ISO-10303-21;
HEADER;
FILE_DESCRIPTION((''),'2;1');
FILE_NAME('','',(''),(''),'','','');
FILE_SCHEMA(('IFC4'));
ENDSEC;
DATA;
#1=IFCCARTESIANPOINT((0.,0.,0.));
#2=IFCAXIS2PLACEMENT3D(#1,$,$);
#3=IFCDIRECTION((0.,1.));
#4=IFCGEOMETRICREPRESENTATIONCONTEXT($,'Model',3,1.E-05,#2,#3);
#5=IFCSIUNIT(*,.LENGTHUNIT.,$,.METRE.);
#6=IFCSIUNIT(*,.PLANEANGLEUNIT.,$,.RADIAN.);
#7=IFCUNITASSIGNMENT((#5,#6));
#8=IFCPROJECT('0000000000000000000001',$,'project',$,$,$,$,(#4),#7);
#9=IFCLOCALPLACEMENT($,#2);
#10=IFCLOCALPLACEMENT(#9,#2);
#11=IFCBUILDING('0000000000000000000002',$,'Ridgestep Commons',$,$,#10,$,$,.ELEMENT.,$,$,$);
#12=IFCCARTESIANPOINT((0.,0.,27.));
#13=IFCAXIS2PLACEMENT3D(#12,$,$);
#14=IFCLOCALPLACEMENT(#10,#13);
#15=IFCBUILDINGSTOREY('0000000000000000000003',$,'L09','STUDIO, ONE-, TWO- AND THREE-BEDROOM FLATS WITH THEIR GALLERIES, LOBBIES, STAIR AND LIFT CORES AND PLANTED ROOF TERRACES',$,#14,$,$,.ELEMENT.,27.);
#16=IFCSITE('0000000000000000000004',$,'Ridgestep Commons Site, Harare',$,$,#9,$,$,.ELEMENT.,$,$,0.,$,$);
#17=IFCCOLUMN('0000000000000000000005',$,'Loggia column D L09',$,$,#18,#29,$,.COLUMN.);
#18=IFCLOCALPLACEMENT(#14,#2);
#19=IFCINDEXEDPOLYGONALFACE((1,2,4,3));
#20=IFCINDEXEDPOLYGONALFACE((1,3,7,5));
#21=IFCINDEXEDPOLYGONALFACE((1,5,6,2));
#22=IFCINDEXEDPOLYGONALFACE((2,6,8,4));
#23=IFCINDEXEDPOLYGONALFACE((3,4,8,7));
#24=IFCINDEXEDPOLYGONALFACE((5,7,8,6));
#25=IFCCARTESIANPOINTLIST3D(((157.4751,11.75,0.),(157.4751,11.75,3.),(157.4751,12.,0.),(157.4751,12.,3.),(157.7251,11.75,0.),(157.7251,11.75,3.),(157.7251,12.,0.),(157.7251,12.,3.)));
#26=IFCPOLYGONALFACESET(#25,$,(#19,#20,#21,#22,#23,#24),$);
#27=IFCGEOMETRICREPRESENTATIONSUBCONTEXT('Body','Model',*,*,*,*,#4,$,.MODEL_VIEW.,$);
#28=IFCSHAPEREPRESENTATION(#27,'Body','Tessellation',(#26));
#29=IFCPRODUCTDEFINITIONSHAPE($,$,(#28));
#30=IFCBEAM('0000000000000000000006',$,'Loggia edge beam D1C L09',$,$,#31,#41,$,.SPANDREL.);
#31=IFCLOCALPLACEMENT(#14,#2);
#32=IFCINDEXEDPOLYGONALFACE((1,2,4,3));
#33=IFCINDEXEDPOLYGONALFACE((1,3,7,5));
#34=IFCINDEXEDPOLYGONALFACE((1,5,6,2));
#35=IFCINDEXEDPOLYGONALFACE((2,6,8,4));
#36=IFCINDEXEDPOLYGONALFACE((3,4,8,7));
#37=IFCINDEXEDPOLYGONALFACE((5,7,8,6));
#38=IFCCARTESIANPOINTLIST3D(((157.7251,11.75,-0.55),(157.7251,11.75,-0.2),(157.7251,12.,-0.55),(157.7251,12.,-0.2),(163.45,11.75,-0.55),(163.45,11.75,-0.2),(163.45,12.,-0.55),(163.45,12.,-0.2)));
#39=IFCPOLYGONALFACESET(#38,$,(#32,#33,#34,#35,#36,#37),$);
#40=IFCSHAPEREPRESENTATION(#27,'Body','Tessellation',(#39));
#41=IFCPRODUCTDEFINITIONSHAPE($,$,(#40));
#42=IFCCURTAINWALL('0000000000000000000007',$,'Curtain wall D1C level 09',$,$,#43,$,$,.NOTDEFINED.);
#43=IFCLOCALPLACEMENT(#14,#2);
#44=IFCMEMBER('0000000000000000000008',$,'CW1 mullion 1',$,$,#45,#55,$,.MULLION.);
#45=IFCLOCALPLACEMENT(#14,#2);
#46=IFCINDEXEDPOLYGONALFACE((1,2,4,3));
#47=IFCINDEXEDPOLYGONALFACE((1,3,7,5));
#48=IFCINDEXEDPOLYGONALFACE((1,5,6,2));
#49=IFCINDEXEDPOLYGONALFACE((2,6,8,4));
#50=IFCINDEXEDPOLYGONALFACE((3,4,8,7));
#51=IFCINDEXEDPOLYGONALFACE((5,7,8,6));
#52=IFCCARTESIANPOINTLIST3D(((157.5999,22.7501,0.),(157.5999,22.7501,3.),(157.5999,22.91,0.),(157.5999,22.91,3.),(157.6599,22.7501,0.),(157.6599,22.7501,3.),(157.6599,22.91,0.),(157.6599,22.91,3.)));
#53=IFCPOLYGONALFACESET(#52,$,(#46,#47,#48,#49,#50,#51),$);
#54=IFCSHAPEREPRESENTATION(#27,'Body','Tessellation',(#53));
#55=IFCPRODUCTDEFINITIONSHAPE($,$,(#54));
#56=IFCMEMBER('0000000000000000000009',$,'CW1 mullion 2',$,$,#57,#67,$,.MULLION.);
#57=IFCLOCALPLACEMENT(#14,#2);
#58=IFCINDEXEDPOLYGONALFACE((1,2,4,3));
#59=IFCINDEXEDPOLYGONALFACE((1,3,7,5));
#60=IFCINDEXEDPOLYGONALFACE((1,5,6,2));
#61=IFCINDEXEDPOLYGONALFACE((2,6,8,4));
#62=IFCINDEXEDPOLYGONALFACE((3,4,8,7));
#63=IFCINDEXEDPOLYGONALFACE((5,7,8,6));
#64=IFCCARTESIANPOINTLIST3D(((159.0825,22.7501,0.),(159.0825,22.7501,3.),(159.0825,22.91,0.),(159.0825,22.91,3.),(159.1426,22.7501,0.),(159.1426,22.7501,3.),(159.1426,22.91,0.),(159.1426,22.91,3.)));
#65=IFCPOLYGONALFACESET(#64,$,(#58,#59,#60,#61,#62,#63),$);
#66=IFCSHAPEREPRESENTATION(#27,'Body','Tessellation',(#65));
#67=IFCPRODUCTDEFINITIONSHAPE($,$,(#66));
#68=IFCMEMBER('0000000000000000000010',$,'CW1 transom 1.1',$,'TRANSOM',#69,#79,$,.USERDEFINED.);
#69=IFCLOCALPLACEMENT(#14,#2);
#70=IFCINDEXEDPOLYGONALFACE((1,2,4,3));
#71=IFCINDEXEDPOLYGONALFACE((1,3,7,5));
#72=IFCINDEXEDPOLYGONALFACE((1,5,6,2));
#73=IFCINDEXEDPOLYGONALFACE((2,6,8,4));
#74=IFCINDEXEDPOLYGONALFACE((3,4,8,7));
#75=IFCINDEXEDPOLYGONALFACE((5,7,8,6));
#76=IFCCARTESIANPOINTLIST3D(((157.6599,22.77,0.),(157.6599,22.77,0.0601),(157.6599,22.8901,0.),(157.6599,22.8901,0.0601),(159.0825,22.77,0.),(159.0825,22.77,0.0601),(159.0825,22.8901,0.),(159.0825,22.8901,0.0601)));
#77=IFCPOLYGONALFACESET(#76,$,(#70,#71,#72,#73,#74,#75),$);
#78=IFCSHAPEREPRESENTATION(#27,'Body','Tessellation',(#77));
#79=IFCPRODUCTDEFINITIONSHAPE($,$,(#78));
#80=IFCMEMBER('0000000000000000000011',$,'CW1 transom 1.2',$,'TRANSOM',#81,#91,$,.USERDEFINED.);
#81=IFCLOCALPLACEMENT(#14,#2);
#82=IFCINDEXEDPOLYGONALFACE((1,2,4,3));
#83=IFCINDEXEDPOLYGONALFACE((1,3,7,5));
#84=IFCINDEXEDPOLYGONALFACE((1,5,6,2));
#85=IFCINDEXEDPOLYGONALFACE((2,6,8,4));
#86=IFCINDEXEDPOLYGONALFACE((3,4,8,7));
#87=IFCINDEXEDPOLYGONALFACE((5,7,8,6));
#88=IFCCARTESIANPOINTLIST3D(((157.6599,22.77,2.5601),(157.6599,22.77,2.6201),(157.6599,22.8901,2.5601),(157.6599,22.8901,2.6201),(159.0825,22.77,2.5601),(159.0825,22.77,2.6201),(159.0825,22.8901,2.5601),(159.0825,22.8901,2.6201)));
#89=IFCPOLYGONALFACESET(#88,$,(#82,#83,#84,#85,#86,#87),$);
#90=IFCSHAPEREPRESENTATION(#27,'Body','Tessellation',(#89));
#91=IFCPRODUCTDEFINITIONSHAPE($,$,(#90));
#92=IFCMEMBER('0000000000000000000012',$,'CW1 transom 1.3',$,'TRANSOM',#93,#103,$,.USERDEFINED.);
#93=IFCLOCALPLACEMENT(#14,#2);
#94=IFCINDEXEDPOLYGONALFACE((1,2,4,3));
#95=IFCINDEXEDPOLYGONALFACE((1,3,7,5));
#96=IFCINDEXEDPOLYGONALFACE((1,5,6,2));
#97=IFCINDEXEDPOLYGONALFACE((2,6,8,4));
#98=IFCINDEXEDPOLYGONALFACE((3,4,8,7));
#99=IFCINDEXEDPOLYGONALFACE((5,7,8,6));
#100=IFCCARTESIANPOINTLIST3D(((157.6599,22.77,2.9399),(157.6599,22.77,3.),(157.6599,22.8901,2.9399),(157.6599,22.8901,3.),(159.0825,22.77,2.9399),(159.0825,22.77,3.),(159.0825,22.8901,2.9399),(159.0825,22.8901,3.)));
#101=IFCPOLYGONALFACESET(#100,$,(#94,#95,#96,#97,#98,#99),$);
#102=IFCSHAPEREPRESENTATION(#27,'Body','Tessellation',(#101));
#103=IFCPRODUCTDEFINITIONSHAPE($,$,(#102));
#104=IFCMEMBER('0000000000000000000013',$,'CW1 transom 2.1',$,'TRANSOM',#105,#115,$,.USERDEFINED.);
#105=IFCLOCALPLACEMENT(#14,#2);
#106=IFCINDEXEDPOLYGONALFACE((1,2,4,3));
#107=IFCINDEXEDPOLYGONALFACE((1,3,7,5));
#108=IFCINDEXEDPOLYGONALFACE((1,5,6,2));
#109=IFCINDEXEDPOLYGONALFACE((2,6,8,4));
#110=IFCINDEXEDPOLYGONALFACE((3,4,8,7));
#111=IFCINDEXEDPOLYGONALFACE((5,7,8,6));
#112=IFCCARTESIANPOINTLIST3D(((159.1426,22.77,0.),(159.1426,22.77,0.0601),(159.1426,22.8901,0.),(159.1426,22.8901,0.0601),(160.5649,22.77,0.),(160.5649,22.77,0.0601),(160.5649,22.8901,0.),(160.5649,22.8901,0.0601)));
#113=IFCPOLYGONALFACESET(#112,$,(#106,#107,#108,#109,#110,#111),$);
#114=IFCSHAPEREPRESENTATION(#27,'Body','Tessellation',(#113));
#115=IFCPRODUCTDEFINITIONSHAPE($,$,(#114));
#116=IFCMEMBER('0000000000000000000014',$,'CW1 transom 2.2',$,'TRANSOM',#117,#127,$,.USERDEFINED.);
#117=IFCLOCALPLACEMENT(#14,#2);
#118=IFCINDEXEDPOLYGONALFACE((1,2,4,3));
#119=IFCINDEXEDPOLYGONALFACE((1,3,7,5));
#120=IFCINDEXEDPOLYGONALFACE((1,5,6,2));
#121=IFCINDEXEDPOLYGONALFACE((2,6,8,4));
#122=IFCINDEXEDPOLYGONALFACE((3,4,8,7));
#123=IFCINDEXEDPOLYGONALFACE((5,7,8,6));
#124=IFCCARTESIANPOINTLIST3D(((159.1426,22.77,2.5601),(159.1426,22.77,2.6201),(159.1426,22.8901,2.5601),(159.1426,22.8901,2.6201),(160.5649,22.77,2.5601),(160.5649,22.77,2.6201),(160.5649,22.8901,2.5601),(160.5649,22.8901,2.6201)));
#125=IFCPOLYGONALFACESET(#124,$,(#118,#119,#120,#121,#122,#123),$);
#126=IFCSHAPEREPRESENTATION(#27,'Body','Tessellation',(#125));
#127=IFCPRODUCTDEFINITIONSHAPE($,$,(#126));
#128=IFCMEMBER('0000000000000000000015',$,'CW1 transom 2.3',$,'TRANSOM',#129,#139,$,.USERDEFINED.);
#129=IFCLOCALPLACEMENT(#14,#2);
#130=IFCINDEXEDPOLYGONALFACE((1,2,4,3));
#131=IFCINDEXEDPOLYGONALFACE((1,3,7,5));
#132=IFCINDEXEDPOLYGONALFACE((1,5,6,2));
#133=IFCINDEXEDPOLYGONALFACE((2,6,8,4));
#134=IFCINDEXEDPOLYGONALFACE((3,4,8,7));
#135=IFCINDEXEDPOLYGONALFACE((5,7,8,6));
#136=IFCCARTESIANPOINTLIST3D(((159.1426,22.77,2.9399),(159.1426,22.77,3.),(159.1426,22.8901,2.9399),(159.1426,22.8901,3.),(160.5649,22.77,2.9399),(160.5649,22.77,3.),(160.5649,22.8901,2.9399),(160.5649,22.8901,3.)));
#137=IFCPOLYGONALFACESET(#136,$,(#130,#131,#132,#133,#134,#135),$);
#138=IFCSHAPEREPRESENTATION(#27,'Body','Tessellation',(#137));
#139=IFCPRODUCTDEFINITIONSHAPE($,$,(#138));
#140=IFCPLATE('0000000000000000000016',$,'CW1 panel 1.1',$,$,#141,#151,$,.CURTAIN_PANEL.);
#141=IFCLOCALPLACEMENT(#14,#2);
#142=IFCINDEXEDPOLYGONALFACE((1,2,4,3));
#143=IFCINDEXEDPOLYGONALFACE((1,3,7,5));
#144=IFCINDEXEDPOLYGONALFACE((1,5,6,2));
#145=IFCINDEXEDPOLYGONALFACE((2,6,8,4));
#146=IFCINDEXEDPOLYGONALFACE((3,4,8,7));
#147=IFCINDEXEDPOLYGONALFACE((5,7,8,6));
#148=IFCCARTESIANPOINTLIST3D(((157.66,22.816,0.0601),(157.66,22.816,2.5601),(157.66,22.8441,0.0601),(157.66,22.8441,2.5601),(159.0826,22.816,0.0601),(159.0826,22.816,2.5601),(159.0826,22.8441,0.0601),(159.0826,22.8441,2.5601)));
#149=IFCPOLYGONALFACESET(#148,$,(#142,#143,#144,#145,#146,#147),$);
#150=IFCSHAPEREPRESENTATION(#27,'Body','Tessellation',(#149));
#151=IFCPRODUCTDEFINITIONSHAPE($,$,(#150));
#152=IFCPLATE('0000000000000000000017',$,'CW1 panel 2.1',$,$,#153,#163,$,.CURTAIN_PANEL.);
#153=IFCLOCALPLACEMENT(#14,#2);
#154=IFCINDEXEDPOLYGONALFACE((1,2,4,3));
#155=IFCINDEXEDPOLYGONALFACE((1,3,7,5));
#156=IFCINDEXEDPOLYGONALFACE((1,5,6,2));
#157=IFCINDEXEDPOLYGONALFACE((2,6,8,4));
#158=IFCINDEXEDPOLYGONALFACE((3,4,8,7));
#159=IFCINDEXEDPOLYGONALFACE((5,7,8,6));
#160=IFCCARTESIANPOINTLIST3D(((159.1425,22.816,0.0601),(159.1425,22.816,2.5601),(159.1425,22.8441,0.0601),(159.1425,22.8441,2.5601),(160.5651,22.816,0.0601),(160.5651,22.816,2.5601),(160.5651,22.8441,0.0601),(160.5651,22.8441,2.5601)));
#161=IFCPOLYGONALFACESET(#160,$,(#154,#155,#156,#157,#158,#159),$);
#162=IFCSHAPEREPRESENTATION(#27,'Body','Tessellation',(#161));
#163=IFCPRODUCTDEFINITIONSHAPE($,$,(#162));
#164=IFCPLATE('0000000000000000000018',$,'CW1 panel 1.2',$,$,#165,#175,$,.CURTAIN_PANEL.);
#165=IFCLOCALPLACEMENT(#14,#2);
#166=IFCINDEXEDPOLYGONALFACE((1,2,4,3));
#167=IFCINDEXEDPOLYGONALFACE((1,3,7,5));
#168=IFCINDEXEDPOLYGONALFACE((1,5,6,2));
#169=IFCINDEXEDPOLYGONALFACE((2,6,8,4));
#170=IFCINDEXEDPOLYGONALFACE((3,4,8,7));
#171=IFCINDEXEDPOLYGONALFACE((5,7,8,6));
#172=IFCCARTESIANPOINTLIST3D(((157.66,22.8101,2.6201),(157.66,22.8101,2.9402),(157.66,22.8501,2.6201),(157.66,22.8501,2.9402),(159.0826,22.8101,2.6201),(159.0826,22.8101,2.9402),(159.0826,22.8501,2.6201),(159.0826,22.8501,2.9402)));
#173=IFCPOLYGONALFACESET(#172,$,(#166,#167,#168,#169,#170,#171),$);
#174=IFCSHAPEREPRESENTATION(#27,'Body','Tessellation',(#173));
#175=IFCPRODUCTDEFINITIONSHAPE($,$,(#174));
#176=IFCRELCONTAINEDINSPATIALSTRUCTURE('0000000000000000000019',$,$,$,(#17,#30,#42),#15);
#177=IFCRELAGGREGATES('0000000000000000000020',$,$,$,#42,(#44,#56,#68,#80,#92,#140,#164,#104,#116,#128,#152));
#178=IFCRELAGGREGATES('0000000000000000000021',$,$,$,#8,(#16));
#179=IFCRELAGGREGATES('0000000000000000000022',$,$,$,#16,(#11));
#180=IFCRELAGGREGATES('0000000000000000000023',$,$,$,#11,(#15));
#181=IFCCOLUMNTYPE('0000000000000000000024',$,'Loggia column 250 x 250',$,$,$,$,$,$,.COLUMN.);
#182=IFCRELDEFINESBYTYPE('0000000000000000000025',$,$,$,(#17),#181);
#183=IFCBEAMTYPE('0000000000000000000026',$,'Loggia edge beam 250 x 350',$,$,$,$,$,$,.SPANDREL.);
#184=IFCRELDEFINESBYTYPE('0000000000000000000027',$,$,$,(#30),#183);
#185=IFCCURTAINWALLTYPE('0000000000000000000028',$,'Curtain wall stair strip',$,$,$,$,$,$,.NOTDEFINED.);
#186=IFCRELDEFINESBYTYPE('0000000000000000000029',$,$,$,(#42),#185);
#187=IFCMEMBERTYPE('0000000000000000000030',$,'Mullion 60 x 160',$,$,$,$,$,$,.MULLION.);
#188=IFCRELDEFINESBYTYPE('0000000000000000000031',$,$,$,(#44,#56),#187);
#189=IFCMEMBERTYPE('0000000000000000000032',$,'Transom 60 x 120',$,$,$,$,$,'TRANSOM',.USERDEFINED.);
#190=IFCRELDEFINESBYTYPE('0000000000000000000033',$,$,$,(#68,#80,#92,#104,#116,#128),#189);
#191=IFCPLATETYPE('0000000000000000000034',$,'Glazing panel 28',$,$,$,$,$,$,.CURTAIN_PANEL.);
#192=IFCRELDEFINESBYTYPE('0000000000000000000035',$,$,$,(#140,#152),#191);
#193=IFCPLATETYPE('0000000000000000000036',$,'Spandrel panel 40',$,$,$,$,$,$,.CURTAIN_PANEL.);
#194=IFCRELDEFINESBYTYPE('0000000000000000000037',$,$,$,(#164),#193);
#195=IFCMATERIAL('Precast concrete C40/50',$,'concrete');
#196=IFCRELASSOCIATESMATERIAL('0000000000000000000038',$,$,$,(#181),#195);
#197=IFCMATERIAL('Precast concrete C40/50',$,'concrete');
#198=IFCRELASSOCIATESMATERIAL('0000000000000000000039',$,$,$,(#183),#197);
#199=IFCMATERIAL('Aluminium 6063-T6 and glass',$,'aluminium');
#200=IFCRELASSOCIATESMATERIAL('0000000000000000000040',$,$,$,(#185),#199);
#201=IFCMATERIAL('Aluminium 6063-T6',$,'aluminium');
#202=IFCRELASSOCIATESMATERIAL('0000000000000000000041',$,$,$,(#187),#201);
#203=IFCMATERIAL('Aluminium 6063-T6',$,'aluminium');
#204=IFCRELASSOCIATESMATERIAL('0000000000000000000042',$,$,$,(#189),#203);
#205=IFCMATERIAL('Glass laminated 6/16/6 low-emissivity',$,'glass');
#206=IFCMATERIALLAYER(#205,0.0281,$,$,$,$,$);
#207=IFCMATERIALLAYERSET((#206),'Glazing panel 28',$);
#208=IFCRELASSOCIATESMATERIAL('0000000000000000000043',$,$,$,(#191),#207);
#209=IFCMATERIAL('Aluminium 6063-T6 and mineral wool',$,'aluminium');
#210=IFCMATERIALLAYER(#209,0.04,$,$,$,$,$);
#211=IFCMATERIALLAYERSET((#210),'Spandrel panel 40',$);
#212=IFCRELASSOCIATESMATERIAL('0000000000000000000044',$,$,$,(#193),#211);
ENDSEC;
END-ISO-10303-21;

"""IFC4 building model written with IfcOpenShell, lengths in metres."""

from ifc_helpers import new_model, si_unit, direction, frame, origin, origin_2d, place, context, subcontext, project, spatial, rectangle, extrude, material, layer, layer_set, material_profile, profile_set, type_object, element, aggregate, save


model = new_model("IFC4")

# Units and contexts
model_context = context("Model", 3, precision=1e-05, world=origin(), true_north=direction((0.0, 1.0)))
body_context = subcontext(model_context, "Body", "Model", "MODEL_VIEW")
ifc_project = project(units=[si_unit("LENGTHUNIT", "METRE"), si_unit("PLANEANGLEUNIT", "RADIAN")], contexts=[model_context])

# Site, building, storey
site_placement = place(None, origin())
site = spatial("IfcSite", under=ifc_project, at=site_placement, Name="Ridgestep Commons Site, Harare", CompositionType="ELEMENT", RefElevation=0.0)
building_placement = place(site_placement, origin())
building = spatial("IfcBuilding", under=site, at=building_placement, Name="Ridgestep Commons", CompositionType="ELEMENT")
storey_placement = place(building_placement, frame((0.0, 0.0, 27.0)))
storey = spatial("IfcBuildingStorey", under=building, at=storey_placement, Name="L09", Description="STUDIO, ONE-, TWO- AND THREE-BEDROOM FLATS WITH THEIR GALLERIES, LOBBIES, STAIR AND LIFT CORES AND PLANTED ROOF TERRACES", CompositionType="ELEMENT", Elevation=27.0)

# Column
ifc_material_1 = material(Name="Precast concrete C40/50", Category="concrete")
ifc_material_profile_1 = material_profile(ifc_material_1, rectangle(XDim=0.25, YDim=0.25, at=origin_2d()), Name="PC 250x250")
ifc_profile_set_1 = profile_set([ifc_material_profile_1], Name="Precast concrete C40/50")
column_type = type_object("IfcColumnType", Name="Loggia column 250 x 250", PredefinedType="COLUMN", material=ifc_profile_set_1)
column_placement = place(storey_placement, frame((157.6001, 11.875, 0.0), z_axis=(0.0, 0.0, 1.0), x_axis=(1.0, 0.0, 0.0)))
element("IfcColumn", 1, at=column_placement, inside=storey, type_object=column_type, Name="Loggia column D L09", PredefinedType="COLUMN", context=body_context, shape_type="SweptSolid", body=[
    extrude(rectangle(XDim=0.25, YDim=0.25, at=origin_2d()), origin(), (0.0, 0.0, 1.0), 3.0),
])

# Beam
ifc_material_2 = material(Name="Precast concrete C40/50", Category="concrete")
ifc_material_profile_2 = material_profile(ifc_material_2, rectangle(XDim=0.25, YDim=0.3501, at=origin_2d()), Name="PC 250x350")
ifc_profile_set_2 = profile_set([ifc_material_profile_2], Name="Precast concrete C40/50")
beam_type = type_object("IfcBeamType", Name="Loggia edge beam 250 x 350", PredefinedType="SPANDREL", material=ifc_profile_set_2)
beam_placement = place(storey_placement, frame((157.7251, 11.875, -0.375), z_axis=(1.0, 0.0, 0.0), x_axis=(0.0, 1.0, 0.0)))
element("IfcBeam", 2, at=beam_placement, inside=storey, type_object=beam_type, Name="Loggia edge beam D1C L09", PredefinedType="SPANDREL", context=body_context, shape_type="SweptSolid", body=[
    extrude(rectangle(XDim=0.25, YDim=0.3501, at=origin_2d()), origin(), (0.0, 0.0, 1.0), 5.7249),
])

# Curtain wall, members, plates
ifc_material_3 = material(Name="Aluminium 6063-T6 and glass", Category="aluminium")
curtain_wall_type = type_object("IfcCurtainWallType", Name="Curtain wall stair strip", PredefinedType="NOTDEFINED", material=ifc_material_3)
curtain_wall_placement = place(storey_placement, origin())
curtain_wall = element("IfcCurtainWall", 3, at=curtain_wall_placement, inside=storey, type_object=curtain_wall_type, Name="Curtain wall D1C level 09", PredefinedType="NOTDEFINED")
ifc_material_4 = material(Name="Aluminium 6063-T6", Category="aluminium")
ifc_material_profile_3 = material_profile(ifc_material_4, rectangle(XDim=0.1599, YDim=0.0601, at=origin_2d()), Name="Mullion 60 x 160")
ifc_profile_set_3 = profile_set([ifc_material_profile_3], Name="Aluminium 6063-T6")
member_type_1 = type_object("IfcMemberType", Name="Mullion 60 x 160", PredefinedType="MULLION", material=ifc_profile_set_3)
member_1_placement = place(storey_placement, frame((157.6299, 22.8301, 0.0), z_axis=(0.0, 0.0, 1.0), x_axis=(0.0, 1.0, 0.0)))
member_1 = element("IfcMember", 4, at=member_1_placement, type_object=member_type_1, Name="CW1 mullion 1", PredefinedType="MULLION", context=body_context, shape_type="SweptSolid", body=[
    extrude(rectangle(XDim=0.1599, YDim=0.0601, at=origin_2d()), origin(), (0.0, 0.0, 1.0), 3.0),
])
member_2_placement = place(storey_placement, frame((159.1125, 22.8301, 0.0), z_axis=(0.0, 0.0, 1.0), x_axis=(0.0, 1.0, 0.0)))
member_2 = element("IfcMember", 5, at=member_2_placement, type_object=member_type_1, Name="CW1 mullion 2", PredefinedType="MULLION", context=body_context, shape_type="SweptSolid", body=[
    extrude(rectangle(XDim=0.1599, YDim=0.0601, at=origin_2d()), origin(), (0.0, 0.0, 1.0), 3.0),
])
ifc_material_5 = material(Name="Aluminium 6063-T6", Category="aluminium")
ifc_material_profile_4 = material_profile(ifc_material_5, rectangle(XDim=0.1201, YDim=0.0601, at=origin_2d()), Name="Transom 60 x 120")
ifc_profile_set_4 = profile_set([ifc_material_profile_4], Name="Aluminium 6063-T6")
member_type_2 = type_object("IfcMemberType", Name="Transom 60 x 120", ElementType="TRANSOM", PredefinedType="USERDEFINED", material=ifc_profile_set_4)
member_3_placement = place(storey_placement, frame((157.6599, 22.8301, 0.03), z_axis=(1.0, 0.0, 0.0), x_axis=(0.0, 1.0, 0.0)))
member_3 = element("IfcMember", 6, at=member_3_placement, type_object=member_type_2, Name="CW1 transom 1.1", ObjectType="TRANSOM", PredefinedType="USERDEFINED", context=body_context, shape_type="SweptSolid", body=[
    extrude(rectangle(XDim=0.1201, YDim=0.0601, at=origin_2d()), origin(), (0.0, 0.0, 1.0), 1.4226),
])
member_4_placement = place(storey_placement, frame((157.6599, 22.8301, 2.5901), z_axis=(1.0, 0.0, 0.0), x_axis=(0.0, 1.0, 0.0)))
member_4 = element("IfcMember", 7, at=member_4_placement, type_object=member_type_2, Name="CW1 transom 1.2", ObjectType="TRANSOM", PredefinedType="USERDEFINED", context=body_context, shape_type="SweptSolid", body=[
    extrude(rectangle(XDim=0.1201, YDim=0.0601, at=origin_2d()), origin(), (0.0, 0.0, 1.0), 1.4226),
])
member_5_placement = place(storey_placement, frame((157.6599, 22.8301, 2.97), z_axis=(1.0, 0.0, 0.0), x_axis=(0.0, 1.0, 0.0)))
member_5 = element("IfcMember", 8, at=member_5_placement, type_object=member_type_2, Name="CW1 transom 1.3", ObjectType="TRANSOM", PredefinedType="USERDEFINED", context=body_context, shape_type="SweptSolid", body=[
    extrude(rectangle(XDim=0.1201, YDim=0.0601, at=origin_2d()), origin(), (0.0, 0.0, 1.0), 1.4226),
])
member_6_placement = place(storey_placement, frame((159.1426, 22.8301, 0.03), z_axis=(1.0, 0.0, 0.0), x_axis=(0.0, 1.0, 0.0)))
member_6 = element("IfcMember", 9, at=member_6_placement, type_object=member_type_2, Name="CW1 transom 2.1", ObjectType="TRANSOM", PredefinedType="USERDEFINED", context=body_context, shape_type="SweptSolid", body=[
    extrude(rectangle(XDim=0.1201, YDim=0.0601, at=origin_2d()), origin(), (0.0, 0.0, 1.0), 1.4224),
])
member_7_placement = place(storey_placement, frame((159.1426, 22.8301, 2.5901), z_axis=(1.0, 0.0, 0.0), x_axis=(0.0, 1.0, 0.0)))
member_7 = element("IfcMember", 10, at=member_7_placement, type_object=member_type_2, Name="CW1 transom 2.2", ObjectType="TRANSOM", PredefinedType="USERDEFINED", context=body_context, shape_type="SweptSolid", body=[
    extrude(rectangle(XDim=0.1201, YDim=0.0601, at=origin_2d()), origin(), (0.0, 0.0, 1.0), 1.4224),
])
member_8_placement = place(storey_placement, frame((159.1426, 22.8301, 2.97), z_axis=(1.0, 0.0, 0.0), x_axis=(0.0, 1.0, 0.0)))
member_8 = element("IfcMember", 11, at=member_8_placement, type_object=member_type_2, Name="CW1 transom 2.3", ObjectType="TRANSOM", PredefinedType="USERDEFINED", context=body_context, shape_type="SweptSolid", body=[
    extrude(rectangle(XDim=0.1201, YDim=0.0601, at=origin_2d()), origin(), (0.0, 0.0, 1.0), 1.4224),
])
ifc_material_6 = material(Name="Glass laminated 6/16/6 low-emissivity", Category="glass")
ifc_layer_1 = layer(ifc_material_6, 0.0281)
ifc_layer_set_1 = layer_set([ifc_layer_1], Name="Glazing panel 28")
plate_type_1 = type_object("IfcPlateType", Name="Glazing panel 28", PredefinedType="CURTAIN_PANEL", material=ifc_layer_set_1)
plate_1_placement = place(storey_placement, frame((158.3713, 22.8301, 0.0601), z_axis=(0.0, 0.0, 1.0), x_axis=(1.0, 0.0, 0.0)))
plate_1 = element("IfcPlate", 12, at=plate_1_placement, type_object=plate_type_1, Name="CW1 panel 1.1", PredefinedType="CURTAIN_PANEL", context=body_context, shape_type="SweptSolid", body=[
    extrude(rectangle(XDim=1.4226, YDim=0.0281, at=origin_2d()), origin(), (0.0, 0.0, 1.0), 2.5),
])
plate_2_placement = place(storey_placement, frame((159.8538, 22.8301, 0.0601), z_axis=(0.0, 0.0, 1.0), x_axis=(1.0, 0.0, 0.0)))
plate_2 = element("IfcPlate", 13, at=plate_2_placement, type_object=plate_type_1, Name="CW1 panel 2.1", PredefinedType="CURTAIN_PANEL", context=body_context, shape_type="SweptSolid", body=[
    extrude(rectangle(XDim=1.4226, YDim=0.0281, at=origin_2d()), origin(), (0.0, 0.0, 1.0), 2.5),
])
ifc_material_7 = material(Name="Aluminium 6063-T6 and mineral wool", Category="aluminium")
ifc_layer_2 = layer(ifc_material_7, 0.04)
ifc_layer_set_2 = layer_set([ifc_layer_2], Name="Spandrel panel 40")
plate_type_2 = type_object("IfcPlateType", Name="Spandrel panel 40", PredefinedType="CURTAIN_PANEL", material=ifc_layer_set_2)
plate_3_placement = place(storey_placement, frame((158.3713, 22.8301, 2.6201), z_axis=(0.0, 0.0, 1.0), x_axis=(1.0, 0.0, 0.0)))
plate_3 = element("IfcPlate", 14, at=plate_3_placement, type_object=plate_type_2, Name="CW1 panel 1.2", PredefinedType="CURTAIN_PANEL", context=body_context, shape_type="SweptSolid", body=[
    extrude(rectangle(XDim=1.4226, YDim=0.04, at=origin_2d()), origin(), (0.0, 0.0, 1.0), 0.3201),
])
aggregate(curtain_wall, [member_1, member_2, member_3, member_4, member_5, plate_1, plate_3, member_6, member_7, member_8, plate_2])

save(model, "model.ifc")
